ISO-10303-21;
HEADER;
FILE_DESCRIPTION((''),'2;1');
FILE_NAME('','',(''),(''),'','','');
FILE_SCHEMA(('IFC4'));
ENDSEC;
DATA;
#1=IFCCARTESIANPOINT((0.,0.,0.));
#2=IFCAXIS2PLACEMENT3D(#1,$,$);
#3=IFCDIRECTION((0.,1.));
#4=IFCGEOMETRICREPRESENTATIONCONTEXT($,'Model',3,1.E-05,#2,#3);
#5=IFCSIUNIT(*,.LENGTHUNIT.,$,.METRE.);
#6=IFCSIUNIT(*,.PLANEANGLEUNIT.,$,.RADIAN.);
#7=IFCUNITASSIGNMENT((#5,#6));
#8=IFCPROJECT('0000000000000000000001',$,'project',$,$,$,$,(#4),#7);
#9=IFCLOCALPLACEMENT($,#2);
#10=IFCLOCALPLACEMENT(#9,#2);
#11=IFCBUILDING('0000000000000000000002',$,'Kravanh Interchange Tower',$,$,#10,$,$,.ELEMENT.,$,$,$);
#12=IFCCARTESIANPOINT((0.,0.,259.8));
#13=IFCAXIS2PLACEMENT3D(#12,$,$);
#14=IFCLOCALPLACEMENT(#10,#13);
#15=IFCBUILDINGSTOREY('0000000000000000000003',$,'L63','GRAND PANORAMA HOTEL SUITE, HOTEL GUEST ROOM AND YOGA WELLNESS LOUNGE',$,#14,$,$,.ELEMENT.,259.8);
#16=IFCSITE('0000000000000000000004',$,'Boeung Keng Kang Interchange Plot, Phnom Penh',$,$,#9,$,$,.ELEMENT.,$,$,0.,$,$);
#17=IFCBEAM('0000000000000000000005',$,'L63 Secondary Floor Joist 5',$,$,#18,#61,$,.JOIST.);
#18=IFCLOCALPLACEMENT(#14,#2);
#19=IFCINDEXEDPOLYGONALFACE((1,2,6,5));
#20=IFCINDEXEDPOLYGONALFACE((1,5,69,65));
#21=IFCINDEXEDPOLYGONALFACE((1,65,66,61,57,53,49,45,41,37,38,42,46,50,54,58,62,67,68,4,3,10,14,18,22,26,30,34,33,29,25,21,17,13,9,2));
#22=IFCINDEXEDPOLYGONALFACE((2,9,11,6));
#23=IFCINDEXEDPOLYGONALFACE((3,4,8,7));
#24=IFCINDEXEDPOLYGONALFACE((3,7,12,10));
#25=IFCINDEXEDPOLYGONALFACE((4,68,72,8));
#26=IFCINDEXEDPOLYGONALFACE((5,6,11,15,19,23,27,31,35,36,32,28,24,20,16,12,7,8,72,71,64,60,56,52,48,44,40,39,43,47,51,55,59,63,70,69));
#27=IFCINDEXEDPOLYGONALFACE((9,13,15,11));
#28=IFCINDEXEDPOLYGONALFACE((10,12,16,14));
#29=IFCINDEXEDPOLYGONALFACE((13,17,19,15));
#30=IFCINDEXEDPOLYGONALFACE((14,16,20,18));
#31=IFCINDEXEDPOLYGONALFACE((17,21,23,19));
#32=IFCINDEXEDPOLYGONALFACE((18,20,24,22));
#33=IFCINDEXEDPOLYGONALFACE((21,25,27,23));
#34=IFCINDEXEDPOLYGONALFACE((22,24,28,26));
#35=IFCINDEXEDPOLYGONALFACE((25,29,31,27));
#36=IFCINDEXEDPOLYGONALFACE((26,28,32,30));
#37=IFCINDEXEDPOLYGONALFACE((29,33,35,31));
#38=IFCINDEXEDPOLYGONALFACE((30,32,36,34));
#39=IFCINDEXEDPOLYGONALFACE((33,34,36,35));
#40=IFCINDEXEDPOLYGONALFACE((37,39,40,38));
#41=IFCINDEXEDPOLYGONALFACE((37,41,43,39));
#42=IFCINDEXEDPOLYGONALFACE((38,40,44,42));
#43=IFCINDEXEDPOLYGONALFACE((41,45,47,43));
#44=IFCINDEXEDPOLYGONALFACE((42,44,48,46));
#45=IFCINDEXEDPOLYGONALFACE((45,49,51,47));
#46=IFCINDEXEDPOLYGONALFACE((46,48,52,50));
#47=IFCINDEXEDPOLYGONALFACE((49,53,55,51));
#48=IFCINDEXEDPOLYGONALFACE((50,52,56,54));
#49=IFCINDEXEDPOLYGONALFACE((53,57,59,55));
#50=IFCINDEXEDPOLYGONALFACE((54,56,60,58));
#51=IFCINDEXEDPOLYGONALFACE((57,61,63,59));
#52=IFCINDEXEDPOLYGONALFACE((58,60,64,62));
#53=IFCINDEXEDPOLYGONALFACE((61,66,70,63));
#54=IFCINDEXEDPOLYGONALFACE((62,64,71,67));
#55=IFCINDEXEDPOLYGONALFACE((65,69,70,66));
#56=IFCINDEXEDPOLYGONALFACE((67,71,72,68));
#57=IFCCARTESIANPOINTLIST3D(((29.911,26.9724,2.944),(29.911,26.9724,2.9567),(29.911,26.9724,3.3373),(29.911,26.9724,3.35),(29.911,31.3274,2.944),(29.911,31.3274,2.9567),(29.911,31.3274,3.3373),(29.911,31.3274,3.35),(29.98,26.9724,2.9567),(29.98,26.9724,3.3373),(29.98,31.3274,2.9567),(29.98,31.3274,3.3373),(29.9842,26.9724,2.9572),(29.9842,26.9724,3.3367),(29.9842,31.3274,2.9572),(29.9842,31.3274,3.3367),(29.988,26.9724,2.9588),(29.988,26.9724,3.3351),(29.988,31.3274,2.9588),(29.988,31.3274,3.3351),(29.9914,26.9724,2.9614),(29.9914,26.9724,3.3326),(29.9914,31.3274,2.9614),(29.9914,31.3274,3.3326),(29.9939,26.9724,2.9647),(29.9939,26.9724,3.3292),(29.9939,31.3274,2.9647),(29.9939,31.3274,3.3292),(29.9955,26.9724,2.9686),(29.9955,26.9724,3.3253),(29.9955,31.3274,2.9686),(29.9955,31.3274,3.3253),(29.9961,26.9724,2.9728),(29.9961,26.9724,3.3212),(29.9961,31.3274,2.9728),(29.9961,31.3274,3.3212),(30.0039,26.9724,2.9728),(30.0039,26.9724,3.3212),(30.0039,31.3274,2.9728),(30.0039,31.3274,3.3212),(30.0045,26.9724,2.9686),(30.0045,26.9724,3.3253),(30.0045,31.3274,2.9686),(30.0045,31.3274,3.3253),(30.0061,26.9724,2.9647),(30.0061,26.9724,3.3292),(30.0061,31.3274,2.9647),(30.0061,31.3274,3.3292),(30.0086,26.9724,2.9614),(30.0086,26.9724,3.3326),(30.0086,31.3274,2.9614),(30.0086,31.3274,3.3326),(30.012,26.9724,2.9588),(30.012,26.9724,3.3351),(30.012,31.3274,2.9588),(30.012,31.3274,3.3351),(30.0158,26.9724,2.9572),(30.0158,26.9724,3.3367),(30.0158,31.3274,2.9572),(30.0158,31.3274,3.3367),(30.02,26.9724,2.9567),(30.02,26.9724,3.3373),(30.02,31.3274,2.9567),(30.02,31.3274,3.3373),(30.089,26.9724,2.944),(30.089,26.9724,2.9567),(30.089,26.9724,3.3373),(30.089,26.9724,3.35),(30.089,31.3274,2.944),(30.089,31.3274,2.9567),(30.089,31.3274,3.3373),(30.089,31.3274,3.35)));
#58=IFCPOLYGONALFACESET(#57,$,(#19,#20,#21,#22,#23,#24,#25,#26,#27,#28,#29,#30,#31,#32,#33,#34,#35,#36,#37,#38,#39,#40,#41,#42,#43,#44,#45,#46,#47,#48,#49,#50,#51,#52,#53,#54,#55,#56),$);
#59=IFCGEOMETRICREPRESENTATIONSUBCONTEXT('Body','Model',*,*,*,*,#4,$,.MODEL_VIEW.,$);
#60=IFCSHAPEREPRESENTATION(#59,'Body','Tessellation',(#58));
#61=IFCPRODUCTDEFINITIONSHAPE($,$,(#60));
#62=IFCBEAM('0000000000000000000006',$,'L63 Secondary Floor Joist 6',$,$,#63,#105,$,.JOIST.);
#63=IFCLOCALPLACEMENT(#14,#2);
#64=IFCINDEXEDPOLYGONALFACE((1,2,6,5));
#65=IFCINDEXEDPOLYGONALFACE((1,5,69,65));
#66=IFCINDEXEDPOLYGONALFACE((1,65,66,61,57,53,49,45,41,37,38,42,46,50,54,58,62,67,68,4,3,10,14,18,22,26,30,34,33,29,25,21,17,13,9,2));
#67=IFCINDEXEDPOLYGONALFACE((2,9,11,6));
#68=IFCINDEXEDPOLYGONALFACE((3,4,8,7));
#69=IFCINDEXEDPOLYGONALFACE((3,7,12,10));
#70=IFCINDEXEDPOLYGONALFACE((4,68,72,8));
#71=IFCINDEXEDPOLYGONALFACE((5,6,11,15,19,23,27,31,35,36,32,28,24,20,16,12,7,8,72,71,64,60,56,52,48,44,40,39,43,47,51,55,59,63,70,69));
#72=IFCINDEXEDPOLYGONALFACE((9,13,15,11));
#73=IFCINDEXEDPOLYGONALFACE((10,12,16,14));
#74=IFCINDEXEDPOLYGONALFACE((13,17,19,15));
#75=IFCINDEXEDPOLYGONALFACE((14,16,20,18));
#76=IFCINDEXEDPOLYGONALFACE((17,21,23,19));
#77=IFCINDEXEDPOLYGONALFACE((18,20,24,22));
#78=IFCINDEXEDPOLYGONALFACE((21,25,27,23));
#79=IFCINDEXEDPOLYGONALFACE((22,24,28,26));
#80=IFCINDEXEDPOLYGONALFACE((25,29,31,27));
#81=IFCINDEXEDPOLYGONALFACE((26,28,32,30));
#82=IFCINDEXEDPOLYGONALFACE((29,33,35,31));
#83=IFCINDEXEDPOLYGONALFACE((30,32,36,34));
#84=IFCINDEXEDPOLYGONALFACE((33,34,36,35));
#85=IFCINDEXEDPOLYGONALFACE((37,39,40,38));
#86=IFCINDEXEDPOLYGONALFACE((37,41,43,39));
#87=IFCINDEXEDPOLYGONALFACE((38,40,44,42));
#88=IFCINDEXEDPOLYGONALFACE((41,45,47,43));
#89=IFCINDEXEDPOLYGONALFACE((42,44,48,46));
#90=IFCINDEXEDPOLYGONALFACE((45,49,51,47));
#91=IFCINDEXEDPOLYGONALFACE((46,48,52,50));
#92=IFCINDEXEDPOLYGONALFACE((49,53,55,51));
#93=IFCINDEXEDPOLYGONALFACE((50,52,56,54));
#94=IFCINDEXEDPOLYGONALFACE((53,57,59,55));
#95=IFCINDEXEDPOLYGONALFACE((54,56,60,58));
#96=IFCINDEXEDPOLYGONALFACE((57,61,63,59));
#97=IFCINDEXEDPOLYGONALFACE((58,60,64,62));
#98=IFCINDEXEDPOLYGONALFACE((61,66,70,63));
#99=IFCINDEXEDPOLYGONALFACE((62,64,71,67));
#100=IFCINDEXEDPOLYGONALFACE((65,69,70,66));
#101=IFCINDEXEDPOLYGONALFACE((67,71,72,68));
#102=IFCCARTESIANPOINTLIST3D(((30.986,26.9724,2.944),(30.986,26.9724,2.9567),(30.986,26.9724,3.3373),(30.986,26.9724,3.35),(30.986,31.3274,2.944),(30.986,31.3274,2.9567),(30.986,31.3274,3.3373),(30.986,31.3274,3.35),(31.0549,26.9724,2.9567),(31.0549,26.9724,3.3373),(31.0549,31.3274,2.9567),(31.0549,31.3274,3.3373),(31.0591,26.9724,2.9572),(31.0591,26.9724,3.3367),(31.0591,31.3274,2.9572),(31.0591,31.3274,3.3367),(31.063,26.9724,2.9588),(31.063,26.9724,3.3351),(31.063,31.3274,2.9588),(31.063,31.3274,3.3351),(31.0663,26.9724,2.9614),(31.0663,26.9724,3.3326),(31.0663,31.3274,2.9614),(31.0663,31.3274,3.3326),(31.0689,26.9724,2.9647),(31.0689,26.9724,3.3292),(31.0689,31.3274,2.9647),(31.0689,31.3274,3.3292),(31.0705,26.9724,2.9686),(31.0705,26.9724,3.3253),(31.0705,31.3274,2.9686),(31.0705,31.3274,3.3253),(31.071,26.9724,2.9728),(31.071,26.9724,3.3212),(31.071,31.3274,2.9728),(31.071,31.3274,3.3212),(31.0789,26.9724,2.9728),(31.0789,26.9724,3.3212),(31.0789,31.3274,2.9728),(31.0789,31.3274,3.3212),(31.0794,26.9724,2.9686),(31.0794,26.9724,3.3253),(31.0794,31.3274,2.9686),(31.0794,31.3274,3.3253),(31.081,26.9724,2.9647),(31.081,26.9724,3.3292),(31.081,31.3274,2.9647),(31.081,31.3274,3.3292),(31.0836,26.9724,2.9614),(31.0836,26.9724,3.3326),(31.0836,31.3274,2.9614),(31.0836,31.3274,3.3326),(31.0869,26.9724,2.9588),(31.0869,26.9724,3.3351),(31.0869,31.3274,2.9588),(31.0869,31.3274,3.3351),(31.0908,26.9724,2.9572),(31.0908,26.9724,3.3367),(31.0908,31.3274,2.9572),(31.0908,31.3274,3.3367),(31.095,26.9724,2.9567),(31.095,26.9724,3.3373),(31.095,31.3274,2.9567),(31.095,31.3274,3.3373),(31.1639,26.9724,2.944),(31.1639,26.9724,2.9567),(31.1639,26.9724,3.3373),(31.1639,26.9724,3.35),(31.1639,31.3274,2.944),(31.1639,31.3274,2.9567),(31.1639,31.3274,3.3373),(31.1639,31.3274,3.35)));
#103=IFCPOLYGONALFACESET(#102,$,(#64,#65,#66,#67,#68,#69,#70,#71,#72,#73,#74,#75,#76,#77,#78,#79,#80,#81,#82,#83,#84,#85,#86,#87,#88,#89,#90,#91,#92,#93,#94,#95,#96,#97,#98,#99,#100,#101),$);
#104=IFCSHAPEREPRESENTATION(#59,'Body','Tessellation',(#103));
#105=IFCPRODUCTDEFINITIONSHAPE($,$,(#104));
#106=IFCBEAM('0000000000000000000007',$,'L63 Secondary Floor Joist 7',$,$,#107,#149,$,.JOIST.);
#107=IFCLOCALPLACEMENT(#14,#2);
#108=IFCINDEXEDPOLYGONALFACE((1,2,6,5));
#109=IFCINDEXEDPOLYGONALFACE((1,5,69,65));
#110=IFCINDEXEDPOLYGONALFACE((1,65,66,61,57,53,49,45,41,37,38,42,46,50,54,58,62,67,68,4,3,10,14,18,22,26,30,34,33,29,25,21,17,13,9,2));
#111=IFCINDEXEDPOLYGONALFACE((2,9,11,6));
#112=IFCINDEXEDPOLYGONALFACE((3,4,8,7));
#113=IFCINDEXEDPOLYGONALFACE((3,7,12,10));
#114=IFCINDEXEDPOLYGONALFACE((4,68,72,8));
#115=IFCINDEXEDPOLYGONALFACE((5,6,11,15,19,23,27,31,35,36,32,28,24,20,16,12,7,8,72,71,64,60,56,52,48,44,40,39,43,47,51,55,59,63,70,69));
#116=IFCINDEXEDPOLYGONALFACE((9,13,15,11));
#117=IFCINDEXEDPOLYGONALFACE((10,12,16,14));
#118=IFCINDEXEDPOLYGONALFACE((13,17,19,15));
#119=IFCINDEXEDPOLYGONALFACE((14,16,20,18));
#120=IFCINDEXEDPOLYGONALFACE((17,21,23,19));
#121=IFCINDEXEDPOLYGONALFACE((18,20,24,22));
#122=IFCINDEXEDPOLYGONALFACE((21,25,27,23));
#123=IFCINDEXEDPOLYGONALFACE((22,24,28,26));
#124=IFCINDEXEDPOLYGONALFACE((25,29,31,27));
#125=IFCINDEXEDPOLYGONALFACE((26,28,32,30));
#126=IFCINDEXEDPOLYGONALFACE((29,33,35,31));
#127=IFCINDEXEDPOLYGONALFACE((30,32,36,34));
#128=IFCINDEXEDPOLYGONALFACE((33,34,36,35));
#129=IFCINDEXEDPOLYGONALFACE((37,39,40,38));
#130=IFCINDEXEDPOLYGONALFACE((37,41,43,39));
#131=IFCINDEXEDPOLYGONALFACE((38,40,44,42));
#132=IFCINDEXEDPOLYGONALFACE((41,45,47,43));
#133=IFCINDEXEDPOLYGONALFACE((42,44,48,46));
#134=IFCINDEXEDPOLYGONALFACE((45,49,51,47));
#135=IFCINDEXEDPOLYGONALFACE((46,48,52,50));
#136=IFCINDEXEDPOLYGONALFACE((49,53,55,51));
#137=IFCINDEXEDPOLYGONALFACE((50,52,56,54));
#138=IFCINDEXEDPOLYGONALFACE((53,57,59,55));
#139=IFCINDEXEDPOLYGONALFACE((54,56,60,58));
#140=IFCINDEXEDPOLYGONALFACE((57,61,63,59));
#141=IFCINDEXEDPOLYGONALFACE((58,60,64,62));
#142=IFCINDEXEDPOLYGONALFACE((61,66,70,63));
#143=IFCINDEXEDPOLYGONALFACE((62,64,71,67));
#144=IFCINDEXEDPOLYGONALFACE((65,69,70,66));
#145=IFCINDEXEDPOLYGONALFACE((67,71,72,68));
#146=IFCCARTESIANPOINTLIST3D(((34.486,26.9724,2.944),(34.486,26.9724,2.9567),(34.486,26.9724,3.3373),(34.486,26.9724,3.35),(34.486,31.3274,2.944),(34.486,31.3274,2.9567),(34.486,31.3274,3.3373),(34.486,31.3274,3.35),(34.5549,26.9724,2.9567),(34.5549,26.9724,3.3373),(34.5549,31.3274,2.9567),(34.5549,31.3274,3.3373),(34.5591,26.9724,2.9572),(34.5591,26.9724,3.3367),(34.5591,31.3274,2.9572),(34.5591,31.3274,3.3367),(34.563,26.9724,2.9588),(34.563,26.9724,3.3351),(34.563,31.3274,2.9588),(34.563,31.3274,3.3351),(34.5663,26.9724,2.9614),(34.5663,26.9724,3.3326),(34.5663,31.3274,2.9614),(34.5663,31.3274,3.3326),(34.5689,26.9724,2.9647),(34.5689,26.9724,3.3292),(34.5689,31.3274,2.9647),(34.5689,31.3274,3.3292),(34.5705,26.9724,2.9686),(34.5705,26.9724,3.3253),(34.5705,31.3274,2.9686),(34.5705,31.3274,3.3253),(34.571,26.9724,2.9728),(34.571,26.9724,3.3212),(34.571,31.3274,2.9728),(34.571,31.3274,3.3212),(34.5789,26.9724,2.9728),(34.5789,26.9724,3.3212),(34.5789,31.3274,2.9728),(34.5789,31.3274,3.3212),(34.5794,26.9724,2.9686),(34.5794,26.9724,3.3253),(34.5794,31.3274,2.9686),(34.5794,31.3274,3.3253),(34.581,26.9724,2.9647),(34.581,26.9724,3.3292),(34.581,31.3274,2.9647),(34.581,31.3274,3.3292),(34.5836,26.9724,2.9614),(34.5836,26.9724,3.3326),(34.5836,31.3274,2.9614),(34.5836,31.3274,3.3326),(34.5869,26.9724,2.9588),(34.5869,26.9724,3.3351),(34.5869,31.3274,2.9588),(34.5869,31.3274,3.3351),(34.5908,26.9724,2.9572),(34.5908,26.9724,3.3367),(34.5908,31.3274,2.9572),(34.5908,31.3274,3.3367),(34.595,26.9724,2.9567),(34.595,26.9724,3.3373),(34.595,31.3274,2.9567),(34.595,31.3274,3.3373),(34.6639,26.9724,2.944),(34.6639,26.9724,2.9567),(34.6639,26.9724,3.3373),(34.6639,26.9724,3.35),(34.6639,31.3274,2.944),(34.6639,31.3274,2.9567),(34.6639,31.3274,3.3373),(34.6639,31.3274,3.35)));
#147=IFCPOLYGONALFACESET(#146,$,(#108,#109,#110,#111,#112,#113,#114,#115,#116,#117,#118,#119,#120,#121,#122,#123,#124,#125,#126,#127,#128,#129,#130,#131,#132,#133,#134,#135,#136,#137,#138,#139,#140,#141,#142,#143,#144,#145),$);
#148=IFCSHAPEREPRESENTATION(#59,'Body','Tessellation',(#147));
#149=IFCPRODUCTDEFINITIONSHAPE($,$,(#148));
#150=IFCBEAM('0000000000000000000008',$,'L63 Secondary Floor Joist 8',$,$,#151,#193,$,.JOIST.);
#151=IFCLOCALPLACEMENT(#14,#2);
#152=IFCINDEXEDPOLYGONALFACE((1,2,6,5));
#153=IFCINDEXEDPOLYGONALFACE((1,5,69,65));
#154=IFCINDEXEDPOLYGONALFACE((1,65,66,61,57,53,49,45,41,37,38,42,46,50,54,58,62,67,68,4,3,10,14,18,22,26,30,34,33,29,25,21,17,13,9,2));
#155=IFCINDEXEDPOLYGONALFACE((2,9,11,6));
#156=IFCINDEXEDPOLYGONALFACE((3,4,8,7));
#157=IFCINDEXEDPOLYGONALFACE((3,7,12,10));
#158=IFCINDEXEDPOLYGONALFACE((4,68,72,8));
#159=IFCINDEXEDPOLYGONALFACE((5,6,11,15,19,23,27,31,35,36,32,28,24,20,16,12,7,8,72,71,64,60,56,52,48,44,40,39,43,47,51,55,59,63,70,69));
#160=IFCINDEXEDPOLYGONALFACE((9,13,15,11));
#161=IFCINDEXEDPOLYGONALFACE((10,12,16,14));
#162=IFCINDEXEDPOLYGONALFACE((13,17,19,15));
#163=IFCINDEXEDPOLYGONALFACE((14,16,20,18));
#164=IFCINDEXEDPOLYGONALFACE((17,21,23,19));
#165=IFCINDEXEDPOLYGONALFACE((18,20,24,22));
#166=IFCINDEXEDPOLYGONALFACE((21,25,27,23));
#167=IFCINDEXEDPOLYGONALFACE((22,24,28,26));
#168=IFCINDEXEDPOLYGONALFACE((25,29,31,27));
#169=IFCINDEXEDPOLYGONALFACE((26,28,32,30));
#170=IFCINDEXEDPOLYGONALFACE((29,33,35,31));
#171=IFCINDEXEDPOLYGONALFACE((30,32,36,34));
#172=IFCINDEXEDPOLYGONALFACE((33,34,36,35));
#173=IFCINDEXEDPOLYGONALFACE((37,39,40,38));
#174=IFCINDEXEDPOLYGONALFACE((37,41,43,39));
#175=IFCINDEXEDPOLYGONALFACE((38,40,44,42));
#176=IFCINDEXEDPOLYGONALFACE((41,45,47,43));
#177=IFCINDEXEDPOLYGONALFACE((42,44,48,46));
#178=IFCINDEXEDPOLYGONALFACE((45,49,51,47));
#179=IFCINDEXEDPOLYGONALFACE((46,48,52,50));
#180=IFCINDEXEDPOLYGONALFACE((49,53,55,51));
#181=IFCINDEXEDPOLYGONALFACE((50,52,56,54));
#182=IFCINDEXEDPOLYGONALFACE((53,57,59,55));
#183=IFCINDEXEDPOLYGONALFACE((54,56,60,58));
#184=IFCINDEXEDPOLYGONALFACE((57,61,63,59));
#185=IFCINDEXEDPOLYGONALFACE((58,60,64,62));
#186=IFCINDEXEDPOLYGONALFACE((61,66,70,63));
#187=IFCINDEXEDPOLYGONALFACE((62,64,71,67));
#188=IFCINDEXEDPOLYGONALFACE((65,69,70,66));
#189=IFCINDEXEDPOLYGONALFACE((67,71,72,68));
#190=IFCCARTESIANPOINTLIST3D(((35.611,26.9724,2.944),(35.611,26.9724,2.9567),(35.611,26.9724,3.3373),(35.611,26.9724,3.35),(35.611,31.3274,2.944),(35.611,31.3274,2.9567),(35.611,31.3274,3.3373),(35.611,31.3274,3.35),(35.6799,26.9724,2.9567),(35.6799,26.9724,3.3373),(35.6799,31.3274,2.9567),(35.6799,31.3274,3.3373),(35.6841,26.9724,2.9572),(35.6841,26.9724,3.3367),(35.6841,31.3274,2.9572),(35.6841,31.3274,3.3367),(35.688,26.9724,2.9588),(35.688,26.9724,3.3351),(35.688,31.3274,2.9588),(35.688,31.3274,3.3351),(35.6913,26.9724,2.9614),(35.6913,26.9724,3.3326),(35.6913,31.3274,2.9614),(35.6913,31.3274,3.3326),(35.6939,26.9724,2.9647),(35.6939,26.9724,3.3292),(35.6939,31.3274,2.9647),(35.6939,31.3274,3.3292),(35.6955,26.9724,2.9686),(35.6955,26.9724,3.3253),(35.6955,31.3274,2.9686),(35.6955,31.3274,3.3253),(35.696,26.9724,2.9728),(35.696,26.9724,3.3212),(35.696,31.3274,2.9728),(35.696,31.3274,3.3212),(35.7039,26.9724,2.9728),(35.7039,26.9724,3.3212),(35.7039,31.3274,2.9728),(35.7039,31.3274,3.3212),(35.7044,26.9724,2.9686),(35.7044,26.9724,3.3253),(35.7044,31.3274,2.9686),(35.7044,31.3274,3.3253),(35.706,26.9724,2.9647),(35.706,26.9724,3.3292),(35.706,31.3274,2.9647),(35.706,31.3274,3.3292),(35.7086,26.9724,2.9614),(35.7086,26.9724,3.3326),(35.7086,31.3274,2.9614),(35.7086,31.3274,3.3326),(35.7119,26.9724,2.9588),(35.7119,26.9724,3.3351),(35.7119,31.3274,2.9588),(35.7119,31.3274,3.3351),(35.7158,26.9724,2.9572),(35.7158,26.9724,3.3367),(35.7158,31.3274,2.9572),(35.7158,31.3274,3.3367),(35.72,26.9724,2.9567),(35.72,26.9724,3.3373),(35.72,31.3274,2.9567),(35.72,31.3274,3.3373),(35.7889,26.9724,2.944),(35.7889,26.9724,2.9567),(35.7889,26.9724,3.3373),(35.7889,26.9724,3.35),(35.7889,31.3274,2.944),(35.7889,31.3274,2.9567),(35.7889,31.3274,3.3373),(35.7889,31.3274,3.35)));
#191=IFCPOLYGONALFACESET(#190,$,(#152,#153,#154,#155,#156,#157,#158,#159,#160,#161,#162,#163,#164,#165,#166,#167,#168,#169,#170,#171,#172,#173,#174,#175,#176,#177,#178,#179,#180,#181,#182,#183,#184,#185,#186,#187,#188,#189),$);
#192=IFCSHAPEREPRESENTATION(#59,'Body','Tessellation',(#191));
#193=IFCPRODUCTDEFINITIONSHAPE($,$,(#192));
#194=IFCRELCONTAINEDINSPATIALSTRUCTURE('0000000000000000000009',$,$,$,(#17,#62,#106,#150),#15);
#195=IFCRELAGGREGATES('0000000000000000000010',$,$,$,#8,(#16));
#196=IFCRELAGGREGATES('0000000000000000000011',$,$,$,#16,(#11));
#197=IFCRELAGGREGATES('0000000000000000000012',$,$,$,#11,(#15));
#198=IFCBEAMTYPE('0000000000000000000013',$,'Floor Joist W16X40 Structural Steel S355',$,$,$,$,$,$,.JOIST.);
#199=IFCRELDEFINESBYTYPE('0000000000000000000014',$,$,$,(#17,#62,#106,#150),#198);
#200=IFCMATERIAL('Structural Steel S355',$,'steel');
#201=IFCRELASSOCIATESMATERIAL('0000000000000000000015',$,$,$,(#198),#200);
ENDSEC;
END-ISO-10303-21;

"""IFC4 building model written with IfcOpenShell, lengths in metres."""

from ifc_helpers import new_model, si_unit, direction, frame, origin, origin_2d, place, context, subcontext, project, spatial, i_section, extrude, material, material_profile, profile_set, type_object, element, save


model = new_model("IFC4")

# Units and contexts
model_context = context("Model", 3, precision=1e-05, world=origin(), true_north=direction((0.0, 1.0)))
body_context = subcontext(model_context, "Body", "Model", "MODEL_VIEW")
ifc_project = project(units=[si_unit("LENGTHUNIT", "METRE"), si_unit("PLANEANGLEUNIT", "RADIAN")], contexts=[model_context])

# Site, building, storey
site_placement = place(None, origin())
site = spatial("IfcSite", under=ifc_project, at=site_placement, Name="Boeung Keng Kang Interchange Plot, Phnom Penh", CompositionType="ELEMENT", RefElevation=0.0)
building_placement = place(site_placement, origin())
building = spatial("IfcBuilding", under=site, at=building_placement, Name="Kravanh Interchange Tower", CompositionType="ELEMENT")
storey_placement = place(building_placement, frame((0.0, 0.0, 259.8)))
storey = spatial("IfcBuildingStorey", under=building, at=storey_placement, Name="L63", Description="GRAND PANORAMA HOTEL SUITE, HOTEL GUEST ROOM AND YOGA WELLNESS LOUNGE", CompositionType="ELEMENT", Elevation=259.8)

# Beams
ifc_material_1 = material(Name="Structural Steel S355", Category="steel")
ifc_material_profile_1 = material_profile(ifc_material_1, i_section(OverallWidth=0.178, OverallDepth=0.406, WebThickness=0.0078, FlangeThickness=0.0127, FilletRadius=0.0161, at=origin_2d()), Name="W16X40")
ifc_profile_set_1 = profile_set([ifc_material_profile_1], Name="Structural Steel S355")
beam_type_1 = type_object("IfcBeamType", Name="Floor Joist W16X40 Structural Steel S355", PredefinedType="JOIST", material=ifc_profile_set_1)
for number, where, z_axis, x_axis, name in (
    (1, (30.0, 26.9724, 3.147), (0.0, 1.0, 0.0), (-1.0, 0.0, 0.0), "L63 Secondary Floor Joist 5"),
    (2, (31.075, 26.9724, 3.147), (0.0, 1.0, 0.0), (-1.0, 0.0, 0.0), "L63 Secondary Floor Joist 6"),
    (3, (34.575, 26.9724, 3.147), (0.0, 1.0, 0.0), (-1.0, 0.0, 0.0), "L63 Secondary Floor Joist 7"),
    (4, (35.7, 26.9724, 3.147), (0.0, 1.0, 0.0), (-1.0, 0.0, 0.0), "L63 Secondary Floor Joist 8"),
):
    element("IfcBeam", number, at=place(storey_placement, frame(where, z_axis=z_axis, x_axis=x_axis)), inside=storey, type_object=beam_type_1, Name=name, PredefinedType="JOIST", context=body_context, shape_type="SweptSolid", body=[
        extrude(i_section(OverallWidth=0.178, OverallDepth=0.406, WebThickness=0.0078, FlangeThickness=0.0127, FilletRadius=0.0161, at=origin_2d()), origin(), (0.0, 0.0, 1.0), 4.355),
    ])

save(model, "model.ifc")
